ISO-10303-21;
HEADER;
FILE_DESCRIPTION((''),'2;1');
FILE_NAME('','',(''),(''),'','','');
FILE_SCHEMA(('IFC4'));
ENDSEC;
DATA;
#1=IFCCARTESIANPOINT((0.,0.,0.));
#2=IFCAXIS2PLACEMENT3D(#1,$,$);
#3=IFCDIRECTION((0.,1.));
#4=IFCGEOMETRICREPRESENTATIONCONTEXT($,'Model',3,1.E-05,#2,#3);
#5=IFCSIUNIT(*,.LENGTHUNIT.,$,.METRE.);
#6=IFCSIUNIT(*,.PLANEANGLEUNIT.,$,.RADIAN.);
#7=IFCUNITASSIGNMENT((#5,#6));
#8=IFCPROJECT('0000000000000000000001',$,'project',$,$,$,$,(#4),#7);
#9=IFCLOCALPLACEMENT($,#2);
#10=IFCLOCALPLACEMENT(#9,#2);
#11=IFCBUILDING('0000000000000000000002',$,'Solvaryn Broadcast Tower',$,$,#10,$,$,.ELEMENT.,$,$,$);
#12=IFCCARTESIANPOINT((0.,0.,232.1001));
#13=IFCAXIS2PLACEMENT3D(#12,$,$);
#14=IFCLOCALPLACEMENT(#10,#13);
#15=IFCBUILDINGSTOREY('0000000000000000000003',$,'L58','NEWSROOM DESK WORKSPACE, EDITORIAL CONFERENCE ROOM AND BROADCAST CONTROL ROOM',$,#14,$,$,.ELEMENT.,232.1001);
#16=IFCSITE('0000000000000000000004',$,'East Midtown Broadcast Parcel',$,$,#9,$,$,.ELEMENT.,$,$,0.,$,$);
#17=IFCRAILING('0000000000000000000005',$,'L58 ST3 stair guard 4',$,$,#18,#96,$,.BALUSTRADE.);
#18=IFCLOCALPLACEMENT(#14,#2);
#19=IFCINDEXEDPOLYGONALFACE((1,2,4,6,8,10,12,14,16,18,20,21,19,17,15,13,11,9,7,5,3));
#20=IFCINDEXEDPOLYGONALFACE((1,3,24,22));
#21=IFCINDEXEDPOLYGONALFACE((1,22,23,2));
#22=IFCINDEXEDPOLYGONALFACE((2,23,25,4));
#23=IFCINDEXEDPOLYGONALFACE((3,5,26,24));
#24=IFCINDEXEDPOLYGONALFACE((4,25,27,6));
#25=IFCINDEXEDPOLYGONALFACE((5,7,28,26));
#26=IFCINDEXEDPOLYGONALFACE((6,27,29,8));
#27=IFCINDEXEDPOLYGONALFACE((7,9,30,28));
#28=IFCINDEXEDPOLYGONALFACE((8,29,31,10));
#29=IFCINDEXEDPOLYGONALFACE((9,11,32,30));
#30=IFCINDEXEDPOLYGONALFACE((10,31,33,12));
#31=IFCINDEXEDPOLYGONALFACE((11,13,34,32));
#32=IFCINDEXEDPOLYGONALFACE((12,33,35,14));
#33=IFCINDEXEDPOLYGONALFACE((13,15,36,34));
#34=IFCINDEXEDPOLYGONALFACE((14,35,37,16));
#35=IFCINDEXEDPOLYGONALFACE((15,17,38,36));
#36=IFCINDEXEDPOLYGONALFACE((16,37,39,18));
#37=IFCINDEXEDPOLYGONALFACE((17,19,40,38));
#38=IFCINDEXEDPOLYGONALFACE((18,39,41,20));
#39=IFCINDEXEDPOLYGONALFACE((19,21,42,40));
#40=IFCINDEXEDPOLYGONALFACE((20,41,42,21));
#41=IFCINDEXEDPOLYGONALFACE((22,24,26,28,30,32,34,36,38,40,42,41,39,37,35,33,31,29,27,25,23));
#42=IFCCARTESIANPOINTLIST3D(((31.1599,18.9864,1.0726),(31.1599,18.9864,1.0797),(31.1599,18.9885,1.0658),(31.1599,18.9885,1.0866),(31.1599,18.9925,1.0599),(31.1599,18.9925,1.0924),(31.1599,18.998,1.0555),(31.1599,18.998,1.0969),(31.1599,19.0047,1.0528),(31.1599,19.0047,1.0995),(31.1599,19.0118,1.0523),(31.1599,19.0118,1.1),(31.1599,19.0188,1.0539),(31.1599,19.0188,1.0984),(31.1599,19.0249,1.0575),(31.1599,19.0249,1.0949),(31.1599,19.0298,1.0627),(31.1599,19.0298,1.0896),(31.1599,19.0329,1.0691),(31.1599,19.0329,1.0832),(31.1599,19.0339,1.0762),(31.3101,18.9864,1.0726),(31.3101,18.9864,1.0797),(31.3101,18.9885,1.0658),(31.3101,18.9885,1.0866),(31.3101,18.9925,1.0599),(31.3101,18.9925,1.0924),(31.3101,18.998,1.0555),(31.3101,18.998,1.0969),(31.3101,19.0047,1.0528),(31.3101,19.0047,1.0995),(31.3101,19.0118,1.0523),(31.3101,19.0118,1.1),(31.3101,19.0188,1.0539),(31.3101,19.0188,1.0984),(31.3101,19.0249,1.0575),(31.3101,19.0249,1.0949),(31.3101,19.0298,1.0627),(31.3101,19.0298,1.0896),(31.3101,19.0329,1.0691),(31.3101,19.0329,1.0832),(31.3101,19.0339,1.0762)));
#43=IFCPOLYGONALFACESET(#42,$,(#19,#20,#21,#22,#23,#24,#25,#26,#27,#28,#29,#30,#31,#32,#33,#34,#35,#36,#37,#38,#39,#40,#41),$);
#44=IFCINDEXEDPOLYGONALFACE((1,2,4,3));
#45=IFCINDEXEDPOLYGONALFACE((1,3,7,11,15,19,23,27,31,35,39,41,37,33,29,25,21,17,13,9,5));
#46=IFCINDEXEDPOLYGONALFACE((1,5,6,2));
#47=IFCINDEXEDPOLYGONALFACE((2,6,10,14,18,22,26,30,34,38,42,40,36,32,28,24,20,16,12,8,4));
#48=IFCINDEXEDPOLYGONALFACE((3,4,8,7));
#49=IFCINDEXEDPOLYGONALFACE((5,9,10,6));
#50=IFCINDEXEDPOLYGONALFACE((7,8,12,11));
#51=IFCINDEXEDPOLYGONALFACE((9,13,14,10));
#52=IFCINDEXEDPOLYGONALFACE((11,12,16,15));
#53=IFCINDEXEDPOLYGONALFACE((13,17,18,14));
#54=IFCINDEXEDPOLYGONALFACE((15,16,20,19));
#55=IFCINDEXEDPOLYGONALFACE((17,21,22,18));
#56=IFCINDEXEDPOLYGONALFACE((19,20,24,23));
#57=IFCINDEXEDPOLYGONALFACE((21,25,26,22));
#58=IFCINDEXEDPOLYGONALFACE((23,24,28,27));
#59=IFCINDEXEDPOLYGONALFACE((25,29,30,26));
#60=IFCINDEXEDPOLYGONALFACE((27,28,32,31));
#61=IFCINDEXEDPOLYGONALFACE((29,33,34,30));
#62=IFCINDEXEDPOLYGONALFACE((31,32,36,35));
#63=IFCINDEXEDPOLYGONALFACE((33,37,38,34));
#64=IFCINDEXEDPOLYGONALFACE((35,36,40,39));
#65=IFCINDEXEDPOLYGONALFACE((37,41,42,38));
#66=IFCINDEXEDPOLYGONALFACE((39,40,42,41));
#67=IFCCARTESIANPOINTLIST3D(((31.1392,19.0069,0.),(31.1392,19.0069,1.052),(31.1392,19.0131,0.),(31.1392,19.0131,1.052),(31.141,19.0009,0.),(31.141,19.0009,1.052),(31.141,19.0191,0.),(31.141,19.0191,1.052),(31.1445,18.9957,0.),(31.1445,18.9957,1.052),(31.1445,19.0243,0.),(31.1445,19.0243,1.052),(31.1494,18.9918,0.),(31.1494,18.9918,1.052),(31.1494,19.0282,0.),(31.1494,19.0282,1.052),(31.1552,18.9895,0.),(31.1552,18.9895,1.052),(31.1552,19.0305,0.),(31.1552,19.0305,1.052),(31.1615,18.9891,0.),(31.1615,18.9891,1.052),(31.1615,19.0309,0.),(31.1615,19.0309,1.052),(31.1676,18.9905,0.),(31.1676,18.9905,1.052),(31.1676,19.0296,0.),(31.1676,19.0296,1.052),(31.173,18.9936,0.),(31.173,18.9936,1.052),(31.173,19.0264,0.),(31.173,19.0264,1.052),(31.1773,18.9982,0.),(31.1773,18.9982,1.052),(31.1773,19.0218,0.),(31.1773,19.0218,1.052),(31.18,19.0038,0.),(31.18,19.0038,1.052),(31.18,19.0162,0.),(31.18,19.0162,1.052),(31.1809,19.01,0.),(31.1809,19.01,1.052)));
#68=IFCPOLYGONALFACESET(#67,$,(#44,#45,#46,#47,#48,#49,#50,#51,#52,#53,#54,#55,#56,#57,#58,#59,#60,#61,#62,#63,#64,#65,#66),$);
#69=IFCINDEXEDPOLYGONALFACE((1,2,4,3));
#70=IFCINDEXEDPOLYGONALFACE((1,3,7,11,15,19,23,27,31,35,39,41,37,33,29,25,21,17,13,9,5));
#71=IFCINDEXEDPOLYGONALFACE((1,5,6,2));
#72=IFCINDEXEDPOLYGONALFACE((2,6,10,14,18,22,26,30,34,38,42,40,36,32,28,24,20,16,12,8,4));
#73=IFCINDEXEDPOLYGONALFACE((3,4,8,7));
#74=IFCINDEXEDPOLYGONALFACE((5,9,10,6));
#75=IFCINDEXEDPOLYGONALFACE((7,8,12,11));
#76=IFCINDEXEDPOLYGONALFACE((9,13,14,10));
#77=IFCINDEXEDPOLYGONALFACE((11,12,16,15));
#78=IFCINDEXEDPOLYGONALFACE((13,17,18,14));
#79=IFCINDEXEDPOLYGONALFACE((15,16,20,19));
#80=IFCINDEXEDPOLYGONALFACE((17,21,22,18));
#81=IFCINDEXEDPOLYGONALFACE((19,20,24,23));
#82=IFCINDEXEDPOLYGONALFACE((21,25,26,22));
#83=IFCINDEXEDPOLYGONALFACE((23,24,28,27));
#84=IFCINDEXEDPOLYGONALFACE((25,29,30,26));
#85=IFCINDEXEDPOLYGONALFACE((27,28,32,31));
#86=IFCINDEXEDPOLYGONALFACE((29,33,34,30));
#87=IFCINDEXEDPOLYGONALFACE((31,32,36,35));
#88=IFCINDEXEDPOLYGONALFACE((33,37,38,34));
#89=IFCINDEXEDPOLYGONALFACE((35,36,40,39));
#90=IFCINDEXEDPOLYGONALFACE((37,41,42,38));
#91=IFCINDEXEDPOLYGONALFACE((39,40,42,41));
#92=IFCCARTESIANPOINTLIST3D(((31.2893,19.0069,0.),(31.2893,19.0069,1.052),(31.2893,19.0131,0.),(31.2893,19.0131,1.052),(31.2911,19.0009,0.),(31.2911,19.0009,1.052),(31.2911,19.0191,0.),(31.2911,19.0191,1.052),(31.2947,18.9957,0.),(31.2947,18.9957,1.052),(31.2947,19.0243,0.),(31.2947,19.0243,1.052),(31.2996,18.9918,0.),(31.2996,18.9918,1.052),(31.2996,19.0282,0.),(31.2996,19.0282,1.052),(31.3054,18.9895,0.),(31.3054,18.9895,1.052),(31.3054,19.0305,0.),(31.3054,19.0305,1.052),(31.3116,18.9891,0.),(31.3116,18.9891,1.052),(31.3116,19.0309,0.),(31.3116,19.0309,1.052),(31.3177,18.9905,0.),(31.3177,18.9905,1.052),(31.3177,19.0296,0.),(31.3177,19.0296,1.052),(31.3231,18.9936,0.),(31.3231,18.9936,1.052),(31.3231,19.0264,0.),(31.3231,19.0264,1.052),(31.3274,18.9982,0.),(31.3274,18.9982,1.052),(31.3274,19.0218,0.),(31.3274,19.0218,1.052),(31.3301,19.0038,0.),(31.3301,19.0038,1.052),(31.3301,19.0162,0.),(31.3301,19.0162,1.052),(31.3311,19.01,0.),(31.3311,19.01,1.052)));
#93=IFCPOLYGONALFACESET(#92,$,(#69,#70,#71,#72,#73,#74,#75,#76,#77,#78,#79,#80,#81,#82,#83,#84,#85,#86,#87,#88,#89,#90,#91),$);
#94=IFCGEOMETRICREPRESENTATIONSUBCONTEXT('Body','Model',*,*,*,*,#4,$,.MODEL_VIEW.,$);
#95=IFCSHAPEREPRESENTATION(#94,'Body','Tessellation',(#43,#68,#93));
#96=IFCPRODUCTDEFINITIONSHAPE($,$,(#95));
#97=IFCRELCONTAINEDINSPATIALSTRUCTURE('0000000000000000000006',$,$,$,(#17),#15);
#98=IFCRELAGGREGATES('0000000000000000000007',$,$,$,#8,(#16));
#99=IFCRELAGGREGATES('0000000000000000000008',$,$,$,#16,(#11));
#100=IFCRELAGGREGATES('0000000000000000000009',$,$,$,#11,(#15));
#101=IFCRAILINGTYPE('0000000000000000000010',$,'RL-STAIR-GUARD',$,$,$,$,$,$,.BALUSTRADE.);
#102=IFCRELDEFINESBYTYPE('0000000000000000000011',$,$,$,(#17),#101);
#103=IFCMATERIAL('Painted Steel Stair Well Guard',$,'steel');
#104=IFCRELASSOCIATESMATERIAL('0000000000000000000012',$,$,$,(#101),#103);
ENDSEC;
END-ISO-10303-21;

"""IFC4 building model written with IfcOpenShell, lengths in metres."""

from ifc_helpers import new_model, si_unit, direction, frame, origin, origin_2d, place, context, subcontext, project, spatial, circle, extrude, material, type_object, element, save


model = new_model("IFC4")

# Units and contexts
model_context = context("Model", 3, precision=1e-05, world=origin(), true_north=direction((0.0, 1.0)))
body_context = subcontext(model_context, "Body", "Model", "MODEL_VIEW")
ifc_project = project(units=[si_unit("LENGTHUNIT", "METRE"), si_unit("PLANEANGLEUNIT", "RADIAN")], contexts=[model_context])

# Site, building, storey
site_placement = place(None, origin())
site = spatial("IfcSite", under=ifc_project, at=site_placement, Name="East Midtown Broadcast Parcel", CompositionType="ELEMENT", RefElevation=0.0)
building_placement = place(site_placement, origin())
building = spatial("IfcBuilding", under=site, at=building_placement, Name="Solvaryn Broadcast Tower", CompositionType="ELEMENT")
storey_placement = place(building_placement, frame((0.0, 0.0, 232.1001)))
storey = spatial("IfcBuildingStorey", under=building, at=storey_placement, Name="L58", Description="NEWSROOM DESK WORKSPACE, EDITORIAL CONFERENCE ROOM AND BROADCAST CONTROL ROOM", CompositionType="ELEMENT", Elevation=232.1001)

# Railing
ifc_material_1 = material(Name="Painted Steel Stair Well Guard", Category="steel")
railing_type_1 = type_object("IfcRailingType", Name="RL-STAIR-GUARD", PredefinedType="BALUSTRADE", material=ifc_material_1)
railing_1_placement = place(storey_placement, frame((31.1599, 19.01, 0.0)))
element("IfcRailing", 1, at=railing_1_placement, inside=storey, type_object=railing_type_1, Name="L58 ST3 stair guard 4", PredefinedType="BALUSTRADE", context=body_context, shape_type="SweptSolid", body=[
    extrude(circle(Radius=0.0239, at=origin_2d()), frame((0.0, 0.0, 1.0762), z_axis=(1.0, 0.0, 0.0), x_axis=(0.0, 1.0, 0.0)), (0.0, 0.0, 1.0), 0.1501),
    extrude(circle(Radius=0.021, at=origin_2d()), origin(), (0.0, 0.0, 1.0), 1.052),
    extrude(circle(Radius=0.021, at=origin_2d()), frame((0.1501, 0.0, 0.0)), (0.0, 0.0, 1.0), 1.052),
])

save(model, "model.ifc")
